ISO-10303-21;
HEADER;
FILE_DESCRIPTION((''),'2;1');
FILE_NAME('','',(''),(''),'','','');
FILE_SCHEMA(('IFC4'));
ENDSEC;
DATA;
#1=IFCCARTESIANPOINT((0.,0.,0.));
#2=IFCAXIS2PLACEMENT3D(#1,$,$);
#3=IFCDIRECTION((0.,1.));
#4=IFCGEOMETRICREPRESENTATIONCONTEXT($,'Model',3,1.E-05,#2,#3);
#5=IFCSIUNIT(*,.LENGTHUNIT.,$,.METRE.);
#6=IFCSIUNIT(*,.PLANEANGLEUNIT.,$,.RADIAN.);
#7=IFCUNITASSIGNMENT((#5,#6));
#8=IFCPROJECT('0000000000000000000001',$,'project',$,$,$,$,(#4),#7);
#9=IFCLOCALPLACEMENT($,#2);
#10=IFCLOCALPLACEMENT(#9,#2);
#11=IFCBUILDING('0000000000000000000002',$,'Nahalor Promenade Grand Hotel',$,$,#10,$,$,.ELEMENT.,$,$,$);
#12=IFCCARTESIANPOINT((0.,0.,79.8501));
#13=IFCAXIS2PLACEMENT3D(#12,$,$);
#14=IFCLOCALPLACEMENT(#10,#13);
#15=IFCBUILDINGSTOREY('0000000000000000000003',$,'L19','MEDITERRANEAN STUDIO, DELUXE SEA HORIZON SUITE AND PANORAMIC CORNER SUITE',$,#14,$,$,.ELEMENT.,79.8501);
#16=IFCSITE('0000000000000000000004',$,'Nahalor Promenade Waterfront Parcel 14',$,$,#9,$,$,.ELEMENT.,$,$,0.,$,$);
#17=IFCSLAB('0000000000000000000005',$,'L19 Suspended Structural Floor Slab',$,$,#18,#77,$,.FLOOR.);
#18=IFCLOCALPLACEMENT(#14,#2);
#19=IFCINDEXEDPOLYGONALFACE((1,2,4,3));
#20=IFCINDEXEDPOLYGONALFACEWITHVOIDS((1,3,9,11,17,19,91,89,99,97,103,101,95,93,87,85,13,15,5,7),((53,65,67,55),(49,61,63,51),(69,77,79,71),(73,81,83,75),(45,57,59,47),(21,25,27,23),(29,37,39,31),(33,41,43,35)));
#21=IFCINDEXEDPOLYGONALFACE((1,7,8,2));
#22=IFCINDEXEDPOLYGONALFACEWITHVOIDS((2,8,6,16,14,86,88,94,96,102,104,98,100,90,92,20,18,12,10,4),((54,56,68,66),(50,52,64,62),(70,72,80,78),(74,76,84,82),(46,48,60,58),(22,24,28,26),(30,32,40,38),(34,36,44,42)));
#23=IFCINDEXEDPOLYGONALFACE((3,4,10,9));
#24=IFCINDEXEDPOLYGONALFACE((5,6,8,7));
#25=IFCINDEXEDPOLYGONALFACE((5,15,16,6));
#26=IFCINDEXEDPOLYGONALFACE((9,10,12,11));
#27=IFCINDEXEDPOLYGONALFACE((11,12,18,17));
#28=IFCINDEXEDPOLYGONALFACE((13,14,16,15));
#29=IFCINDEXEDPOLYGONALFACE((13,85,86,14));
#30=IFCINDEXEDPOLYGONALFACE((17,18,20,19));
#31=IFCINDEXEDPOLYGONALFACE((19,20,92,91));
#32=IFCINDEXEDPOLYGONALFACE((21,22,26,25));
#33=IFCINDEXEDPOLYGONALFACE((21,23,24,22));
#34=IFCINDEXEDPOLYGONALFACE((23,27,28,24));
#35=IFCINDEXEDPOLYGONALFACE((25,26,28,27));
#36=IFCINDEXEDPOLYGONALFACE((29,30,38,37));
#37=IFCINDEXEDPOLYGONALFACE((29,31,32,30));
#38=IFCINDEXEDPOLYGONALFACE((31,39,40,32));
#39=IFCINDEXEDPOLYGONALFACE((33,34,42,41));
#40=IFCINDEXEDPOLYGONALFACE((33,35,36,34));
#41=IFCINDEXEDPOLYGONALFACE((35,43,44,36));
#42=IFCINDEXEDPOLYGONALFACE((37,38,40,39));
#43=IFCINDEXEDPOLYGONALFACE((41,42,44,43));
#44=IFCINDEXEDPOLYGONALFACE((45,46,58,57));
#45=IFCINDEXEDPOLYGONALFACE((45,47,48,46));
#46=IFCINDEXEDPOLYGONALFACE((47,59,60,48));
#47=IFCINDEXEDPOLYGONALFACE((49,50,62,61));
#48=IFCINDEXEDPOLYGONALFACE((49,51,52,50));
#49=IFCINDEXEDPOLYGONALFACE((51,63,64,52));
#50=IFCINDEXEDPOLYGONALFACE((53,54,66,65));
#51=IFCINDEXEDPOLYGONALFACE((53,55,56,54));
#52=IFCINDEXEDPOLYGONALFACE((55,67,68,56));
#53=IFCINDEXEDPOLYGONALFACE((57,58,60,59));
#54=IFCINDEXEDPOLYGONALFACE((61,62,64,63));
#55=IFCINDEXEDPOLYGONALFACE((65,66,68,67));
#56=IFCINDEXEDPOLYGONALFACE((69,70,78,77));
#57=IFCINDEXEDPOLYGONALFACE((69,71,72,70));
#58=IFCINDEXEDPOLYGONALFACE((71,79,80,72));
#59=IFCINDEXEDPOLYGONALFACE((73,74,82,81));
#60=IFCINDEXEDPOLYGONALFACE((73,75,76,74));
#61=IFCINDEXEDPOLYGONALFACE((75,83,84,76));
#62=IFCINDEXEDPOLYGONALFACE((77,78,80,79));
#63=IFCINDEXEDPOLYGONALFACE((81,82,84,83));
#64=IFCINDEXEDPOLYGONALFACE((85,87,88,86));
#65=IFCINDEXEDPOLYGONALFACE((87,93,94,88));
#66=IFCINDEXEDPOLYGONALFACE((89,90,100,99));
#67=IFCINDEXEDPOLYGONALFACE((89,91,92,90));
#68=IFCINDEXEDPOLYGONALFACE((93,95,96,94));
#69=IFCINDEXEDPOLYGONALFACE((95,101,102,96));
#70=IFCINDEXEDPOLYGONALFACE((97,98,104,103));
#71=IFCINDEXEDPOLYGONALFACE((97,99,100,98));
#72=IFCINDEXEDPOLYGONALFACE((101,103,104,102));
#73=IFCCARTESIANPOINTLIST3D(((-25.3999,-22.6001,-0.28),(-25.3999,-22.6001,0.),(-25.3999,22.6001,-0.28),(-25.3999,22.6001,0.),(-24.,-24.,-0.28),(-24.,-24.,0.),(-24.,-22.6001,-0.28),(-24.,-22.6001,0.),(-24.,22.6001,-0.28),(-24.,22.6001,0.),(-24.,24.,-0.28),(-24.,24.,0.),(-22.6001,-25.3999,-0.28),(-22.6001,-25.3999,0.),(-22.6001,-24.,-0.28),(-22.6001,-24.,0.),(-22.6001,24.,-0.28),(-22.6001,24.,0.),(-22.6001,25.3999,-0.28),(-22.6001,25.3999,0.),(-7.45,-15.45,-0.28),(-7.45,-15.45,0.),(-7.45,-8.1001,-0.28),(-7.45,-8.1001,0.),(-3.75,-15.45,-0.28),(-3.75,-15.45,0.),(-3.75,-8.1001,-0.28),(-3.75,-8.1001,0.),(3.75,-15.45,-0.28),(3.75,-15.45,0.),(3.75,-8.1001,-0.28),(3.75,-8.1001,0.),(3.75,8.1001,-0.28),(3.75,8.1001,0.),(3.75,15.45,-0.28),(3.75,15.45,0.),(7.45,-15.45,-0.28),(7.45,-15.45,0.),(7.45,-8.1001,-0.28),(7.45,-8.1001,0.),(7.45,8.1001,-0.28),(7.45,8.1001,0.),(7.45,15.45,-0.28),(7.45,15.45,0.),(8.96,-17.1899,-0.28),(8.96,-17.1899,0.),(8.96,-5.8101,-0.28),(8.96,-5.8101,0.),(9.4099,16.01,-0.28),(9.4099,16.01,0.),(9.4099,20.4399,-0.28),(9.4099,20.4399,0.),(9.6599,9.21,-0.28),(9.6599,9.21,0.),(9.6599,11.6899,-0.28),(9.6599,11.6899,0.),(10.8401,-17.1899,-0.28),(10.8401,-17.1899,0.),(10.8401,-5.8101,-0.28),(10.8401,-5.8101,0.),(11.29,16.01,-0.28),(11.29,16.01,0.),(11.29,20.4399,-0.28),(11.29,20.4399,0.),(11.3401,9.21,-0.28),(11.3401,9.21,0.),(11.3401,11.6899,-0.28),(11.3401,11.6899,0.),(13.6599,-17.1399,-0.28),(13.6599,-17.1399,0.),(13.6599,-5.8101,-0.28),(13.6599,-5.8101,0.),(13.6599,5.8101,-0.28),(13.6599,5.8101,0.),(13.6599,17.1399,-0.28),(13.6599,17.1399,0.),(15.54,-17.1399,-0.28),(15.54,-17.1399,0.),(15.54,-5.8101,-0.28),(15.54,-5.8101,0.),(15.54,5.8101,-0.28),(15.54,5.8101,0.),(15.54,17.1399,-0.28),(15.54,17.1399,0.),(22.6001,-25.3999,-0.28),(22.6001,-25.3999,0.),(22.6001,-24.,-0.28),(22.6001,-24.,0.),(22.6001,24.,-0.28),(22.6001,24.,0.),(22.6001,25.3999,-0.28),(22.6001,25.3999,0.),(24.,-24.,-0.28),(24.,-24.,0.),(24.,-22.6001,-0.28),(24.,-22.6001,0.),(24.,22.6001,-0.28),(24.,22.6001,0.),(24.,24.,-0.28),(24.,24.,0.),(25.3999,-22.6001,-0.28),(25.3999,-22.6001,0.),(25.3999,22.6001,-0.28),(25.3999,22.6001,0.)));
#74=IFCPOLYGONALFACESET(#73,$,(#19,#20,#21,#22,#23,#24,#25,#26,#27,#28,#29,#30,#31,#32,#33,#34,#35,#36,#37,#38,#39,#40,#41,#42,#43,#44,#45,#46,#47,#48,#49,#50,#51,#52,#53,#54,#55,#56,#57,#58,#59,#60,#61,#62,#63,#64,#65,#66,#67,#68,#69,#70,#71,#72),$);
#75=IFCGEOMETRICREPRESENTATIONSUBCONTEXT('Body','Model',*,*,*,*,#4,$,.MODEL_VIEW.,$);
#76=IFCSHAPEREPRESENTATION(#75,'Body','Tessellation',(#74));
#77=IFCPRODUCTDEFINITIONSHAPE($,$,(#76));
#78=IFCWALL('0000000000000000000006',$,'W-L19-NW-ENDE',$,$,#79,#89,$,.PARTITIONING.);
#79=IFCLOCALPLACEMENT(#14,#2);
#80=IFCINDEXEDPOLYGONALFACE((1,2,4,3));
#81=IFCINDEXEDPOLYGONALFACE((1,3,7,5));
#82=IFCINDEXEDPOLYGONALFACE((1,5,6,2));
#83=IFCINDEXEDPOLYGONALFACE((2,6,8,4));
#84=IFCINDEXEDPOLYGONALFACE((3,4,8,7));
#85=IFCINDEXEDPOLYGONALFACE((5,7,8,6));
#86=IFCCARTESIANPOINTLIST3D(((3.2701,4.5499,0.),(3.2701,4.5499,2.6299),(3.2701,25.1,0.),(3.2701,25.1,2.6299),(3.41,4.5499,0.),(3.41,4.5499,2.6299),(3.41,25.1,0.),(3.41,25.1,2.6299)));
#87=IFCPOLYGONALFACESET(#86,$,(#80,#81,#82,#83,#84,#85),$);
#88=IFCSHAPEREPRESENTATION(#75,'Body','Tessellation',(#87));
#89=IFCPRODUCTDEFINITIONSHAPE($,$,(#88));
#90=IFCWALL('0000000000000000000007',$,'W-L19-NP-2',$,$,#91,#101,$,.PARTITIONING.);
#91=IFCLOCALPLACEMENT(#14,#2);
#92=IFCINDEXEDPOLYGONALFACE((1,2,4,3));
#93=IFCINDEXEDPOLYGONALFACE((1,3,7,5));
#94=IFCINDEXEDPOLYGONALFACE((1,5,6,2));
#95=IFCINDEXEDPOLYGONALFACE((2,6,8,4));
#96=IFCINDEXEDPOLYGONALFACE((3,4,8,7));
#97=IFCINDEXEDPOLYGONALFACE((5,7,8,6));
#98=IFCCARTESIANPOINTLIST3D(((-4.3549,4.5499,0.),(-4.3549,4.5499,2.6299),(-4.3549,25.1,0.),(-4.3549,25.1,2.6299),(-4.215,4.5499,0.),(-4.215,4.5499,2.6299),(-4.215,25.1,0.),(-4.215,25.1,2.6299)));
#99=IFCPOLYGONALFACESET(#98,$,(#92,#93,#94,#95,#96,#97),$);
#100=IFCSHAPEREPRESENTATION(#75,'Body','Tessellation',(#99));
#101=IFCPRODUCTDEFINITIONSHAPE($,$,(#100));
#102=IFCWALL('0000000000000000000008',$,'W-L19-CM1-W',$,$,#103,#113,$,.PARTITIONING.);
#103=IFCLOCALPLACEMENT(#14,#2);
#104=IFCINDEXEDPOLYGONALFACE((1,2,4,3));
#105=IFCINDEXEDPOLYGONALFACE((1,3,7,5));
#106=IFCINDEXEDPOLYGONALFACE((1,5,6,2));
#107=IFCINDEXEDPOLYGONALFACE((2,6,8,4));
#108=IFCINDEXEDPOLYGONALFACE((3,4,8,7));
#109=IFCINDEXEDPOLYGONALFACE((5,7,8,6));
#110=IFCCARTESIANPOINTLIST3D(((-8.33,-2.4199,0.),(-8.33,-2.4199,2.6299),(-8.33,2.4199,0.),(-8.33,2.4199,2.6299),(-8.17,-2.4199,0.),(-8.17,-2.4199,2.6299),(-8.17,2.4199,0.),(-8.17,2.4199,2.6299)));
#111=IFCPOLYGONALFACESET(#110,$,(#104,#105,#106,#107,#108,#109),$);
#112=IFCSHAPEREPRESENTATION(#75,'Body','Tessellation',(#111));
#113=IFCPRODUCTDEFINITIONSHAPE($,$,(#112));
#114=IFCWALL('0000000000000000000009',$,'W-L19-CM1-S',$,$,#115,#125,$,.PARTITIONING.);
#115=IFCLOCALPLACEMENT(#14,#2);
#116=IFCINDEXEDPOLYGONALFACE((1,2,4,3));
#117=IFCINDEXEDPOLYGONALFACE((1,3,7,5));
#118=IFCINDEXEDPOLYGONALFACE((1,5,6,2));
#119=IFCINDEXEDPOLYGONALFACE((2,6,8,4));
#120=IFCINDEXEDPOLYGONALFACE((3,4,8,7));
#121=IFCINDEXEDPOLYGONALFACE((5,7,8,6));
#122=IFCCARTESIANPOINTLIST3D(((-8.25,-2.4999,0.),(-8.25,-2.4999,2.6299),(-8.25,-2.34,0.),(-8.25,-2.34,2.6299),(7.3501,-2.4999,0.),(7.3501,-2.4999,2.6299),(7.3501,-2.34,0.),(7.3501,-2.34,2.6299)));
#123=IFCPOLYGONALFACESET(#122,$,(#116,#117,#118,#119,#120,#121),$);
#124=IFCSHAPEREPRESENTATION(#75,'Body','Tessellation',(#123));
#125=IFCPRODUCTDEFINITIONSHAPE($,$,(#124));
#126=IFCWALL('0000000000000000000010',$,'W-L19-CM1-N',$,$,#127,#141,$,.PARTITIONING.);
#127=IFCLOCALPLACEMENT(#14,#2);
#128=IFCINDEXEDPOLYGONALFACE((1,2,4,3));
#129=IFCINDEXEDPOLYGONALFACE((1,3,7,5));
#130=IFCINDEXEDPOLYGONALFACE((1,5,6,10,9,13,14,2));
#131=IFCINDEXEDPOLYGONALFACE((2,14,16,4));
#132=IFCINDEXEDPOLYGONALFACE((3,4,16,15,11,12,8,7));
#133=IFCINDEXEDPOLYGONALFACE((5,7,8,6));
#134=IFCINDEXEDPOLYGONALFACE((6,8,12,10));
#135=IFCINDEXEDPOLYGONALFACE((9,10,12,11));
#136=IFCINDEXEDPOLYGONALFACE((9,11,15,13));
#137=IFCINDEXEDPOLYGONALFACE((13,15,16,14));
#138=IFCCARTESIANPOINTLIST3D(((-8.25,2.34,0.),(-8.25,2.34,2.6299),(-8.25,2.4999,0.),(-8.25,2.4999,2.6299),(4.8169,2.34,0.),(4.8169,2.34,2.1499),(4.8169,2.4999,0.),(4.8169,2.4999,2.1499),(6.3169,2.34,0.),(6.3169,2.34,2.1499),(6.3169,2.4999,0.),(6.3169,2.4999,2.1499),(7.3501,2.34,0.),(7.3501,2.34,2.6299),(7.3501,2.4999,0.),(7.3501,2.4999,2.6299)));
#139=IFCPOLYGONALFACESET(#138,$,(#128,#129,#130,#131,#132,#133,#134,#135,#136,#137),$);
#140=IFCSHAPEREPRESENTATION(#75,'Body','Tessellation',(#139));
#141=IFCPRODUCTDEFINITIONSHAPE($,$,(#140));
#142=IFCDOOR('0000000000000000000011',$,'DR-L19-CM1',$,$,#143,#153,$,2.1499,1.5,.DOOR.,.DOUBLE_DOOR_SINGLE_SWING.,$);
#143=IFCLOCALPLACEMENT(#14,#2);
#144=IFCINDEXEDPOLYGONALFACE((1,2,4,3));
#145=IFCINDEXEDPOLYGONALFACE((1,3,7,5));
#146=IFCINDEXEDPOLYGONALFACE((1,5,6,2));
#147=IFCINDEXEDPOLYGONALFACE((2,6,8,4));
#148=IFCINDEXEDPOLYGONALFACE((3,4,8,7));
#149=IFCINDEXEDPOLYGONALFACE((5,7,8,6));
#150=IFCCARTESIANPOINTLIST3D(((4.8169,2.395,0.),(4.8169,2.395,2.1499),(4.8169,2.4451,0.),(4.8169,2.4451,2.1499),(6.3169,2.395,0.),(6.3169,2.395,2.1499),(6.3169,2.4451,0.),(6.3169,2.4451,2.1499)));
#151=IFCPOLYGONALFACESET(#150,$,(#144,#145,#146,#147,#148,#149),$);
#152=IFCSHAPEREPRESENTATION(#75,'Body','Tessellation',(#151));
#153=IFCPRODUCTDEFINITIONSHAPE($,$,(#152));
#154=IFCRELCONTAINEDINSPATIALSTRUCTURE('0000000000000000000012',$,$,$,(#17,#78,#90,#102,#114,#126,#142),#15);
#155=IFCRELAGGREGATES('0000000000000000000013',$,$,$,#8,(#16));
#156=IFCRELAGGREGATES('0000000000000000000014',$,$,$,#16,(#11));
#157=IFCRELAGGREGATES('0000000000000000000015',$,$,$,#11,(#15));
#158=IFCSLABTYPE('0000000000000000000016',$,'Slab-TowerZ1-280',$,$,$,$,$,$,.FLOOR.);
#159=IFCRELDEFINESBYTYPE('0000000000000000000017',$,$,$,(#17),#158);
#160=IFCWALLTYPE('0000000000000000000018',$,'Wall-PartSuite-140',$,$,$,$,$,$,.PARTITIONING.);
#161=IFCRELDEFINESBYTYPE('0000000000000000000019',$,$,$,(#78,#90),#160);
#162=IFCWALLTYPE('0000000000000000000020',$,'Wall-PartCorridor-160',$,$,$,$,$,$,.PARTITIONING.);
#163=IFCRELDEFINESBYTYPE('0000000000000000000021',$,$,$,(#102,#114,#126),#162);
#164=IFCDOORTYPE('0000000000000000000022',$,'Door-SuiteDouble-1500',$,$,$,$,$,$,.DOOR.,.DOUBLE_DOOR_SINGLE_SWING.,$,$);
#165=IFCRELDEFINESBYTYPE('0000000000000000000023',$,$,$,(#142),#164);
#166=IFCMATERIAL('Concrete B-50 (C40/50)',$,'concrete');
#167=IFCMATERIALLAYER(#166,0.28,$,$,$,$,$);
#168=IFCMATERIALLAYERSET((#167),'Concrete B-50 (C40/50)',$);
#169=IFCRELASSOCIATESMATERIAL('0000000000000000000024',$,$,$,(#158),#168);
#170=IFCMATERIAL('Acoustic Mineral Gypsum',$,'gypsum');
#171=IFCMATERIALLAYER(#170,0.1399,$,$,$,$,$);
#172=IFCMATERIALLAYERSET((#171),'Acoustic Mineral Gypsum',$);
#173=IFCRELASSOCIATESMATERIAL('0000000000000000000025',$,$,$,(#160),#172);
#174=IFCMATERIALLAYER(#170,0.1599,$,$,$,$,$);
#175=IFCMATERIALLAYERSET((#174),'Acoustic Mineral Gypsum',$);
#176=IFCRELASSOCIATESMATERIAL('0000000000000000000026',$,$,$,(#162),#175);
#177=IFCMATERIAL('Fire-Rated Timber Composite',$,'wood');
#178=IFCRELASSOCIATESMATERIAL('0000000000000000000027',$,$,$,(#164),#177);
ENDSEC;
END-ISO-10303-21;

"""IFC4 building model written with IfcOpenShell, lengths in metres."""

from ifc_helpers import new_model, si_unit, direction, frame, frame_2d, origin, place, context, subcontext, project, spatial, polyline, rectangle, outline, extrude, source, transform, mapped, material, layer, layer_set, type_object, element, fill, save


model = new_model("IFC4")

# Units and contexts
model_context = context("Model", 3, precision=1e-05, world=origin(), true_north=direction((0.0, 1.0)))
body_context = subcontext(model_context, "Body", "Model", "MODEL_VIEW")
ifc_project = project(units=[si_unit("LENGTHUNIT", "METRE"), si_unit("PLANEANGLEUNIT", "RADIAN")], contexts=[model_context])

# Site, building, storey
site_placement = place(None, origin())
site = spatial("IfcSite", under=ifc_project, at=site_placement, Name="Nahalor Promenade Waterfront Parcel 14", CompositionType="ELEMENT", RefElevation=0.0)
building_placement = place(site_placement, origin())
building = spatial("IfcBuilding", under=site, at=building_placement, Name="Nahalor Promenade Grand Hotel", CompositionType="ELEMENT")
storey_placement = place(building_placement, frame((0.0, 0.0, 79.8501)))
storey = spatial("IfcBuildingStorey", under=building, at=storey_placement, Name="L19", Description="MEDITERRANEAN STUDIO, DELUXE SEA HORIZON SUITE AND PANORAMIC CORNER SUITE", CompositionType="ELEMENT", Elevation=79.8501)

# Shared definitions
ifc_material_1 = material(Name="Concrete B-50 (C40/50)", Category="concrete")

# Slab
ifc_layer_1 = layer(ifc_material_1, 0.28)
ifc_layer_set_1 = layer_set([ifc_layer_1], Name="Concrete B-50 (C40/50)")
slab_type_1 = type_object("IfcSlabType", Name="Slab-TowerZ1-280", PredefinedType="FLOOR", material=ifc_layer_set_1)
slab_1_placement = place(storey_placement, frame((0.0, 0.0, -0.28)))
element("IfcSlab", 1, at=slab_1_placement, inside=storey, type_object=slab_type_1, Name="L19 Suspended Structural Floor Slab", PredefinedType="FLOOR", context=body_context, shape_type="SweptSolid", body=[
    extrude(outline(polyline([(-22.6001, -25.3999), (22.6001, -25.3999), (22.6001, -24.0), (24.0, -24.0), (24.0, -22.6001), (25.3999, -22.6001), (25.3999, 22.6001), (24.0, 22.6001), (24.0, 24.0), (22.6001, 24.0), (22.6001, 25.3999), (-22.6001, 25.3999), (-22.6001, 24.0), (-24.0, 24.0), (-24.0, 22.6001), (-25.3999, 22.6001), (-25.3999, -22.6001), (-24.0, -22.6001), (-24.0, -24.0), (-22.6001, -24.0), (-22.6001, -25.3999)]), holes=[polyline([(3.75, 8.1001), (7.45, 8.1001), (7.45, 15.45), (3.75, 15.45), (3.75, 8.1001)]), polyline([(3.75, -15.45), (7.45, -15.45), (7.45, -8.1001), (3.75, -8.1001), (3.75, -15.45)]), polyline([(-7.45, -15.45), (-3.75, -15.45), (-3.75, -8.1001), (-7.45, -8.1001), (-7.45, -15.45)]), polyline([(13.6599, 5.8101), (15.54, 5.8101), (15.54, 17.1399), (13.6599, 17.1399), (13.6599, 5.8101)]), polyline([(13.6599, -17.1399), (15.54, -17.1399), (15.54, -5.8101), (13.6599, -5.8101), (13.6599, -17.1399)]), polyline([(8.96, -17.1899), (10.8401, -17.1899), (10.8401, -5.8101), (8.96, -5.8101), (8.96, -17.1899)]), polyline([(9.4099, 16.01), (11.29, 16.01), (11.29, 20.4399), (9.4099, 20.4399), (9.4099, 16.01)]), polyline([(9.6599, 9.21), (11.3401, 9.21), (11.3401, 11.6899), (9.6599, 11.6899), (9.6599, 9.21)])]), origin(), (0.0, 0.0, 1.0), 0.28),
])

# Walls
ifc_material_2 = material(Name="Acoustic Mineral Gypsum", Category="gypsum")
ifc_layer_2 = layer(ifc_material_2, 0.1399)
ifc_layer_set_2 = layer_set([ifc_layer_2], Name="Acoustic Mineral Gypsum")
wall_type_1 = type_object("IfcWallType", Name="Wall-PartSuite-140", PredefinedType="PARTITIONING", material=ifc_layer_set_2)
shared_shape_1 = source(origin(), body_context, "Body", "SweptSolid", [
    extrude(rectangle(XDim=20.55, YDim=0.1399, at=frame_2d((10.2749, 0.0))), origin(), (0.0, 0.0, 1.0), 2.6299),
])
for number, where, z_axis, x_axis, name in (
    (2, (3.3401, 4.55, 0.0), (0.0, 0.0, 1.0), (0.0, 1.0, 0.0), "W-L19-NW-ENDE"),
    (3, (-4.2849, 4.55, 0.0), (0.0, 0.0, 1.0), (0.0, 1.0, 0.0), "W-L19-NP-2"),
):
    element("IfcWall", number, at=place(storey_placement, frame(where, z_axis=z_axis, x_axis=x_axis)), inside=storey, type_object=wall_type_1, Name=name, PredefinedType="PARTITIONING", context=body_context, shape_type="MappedRepresentation", body=[
        mapped(shared_shape_1, transform((0.0, 0.0, 0.0), scale=1.0)),
    ])

# Shared definitions
ifc_layer_3 = layer(ifc_material_2, 0.1599)
ifc_layer_set_3 = layer_set([ifc_layer_3], Name="Acoustic Mineral Gypsum")
wall_type_2 = type_object("IfcWallType", Name="Wall-PartCorridor-160", PredefinedType="PARTITIONING", material=ifc_layer_set_3)
ifc_material_3 = material(Name="Fire-Rated Timber Composite", Category="wood")
door_type = type_object("IfcDoorType", Name="Door-SuiteDouble-1500", OperationType="DOUBLE_DOOR_SINGLE_SWING", PredefinedType="DOOR", material=ifc_material_3)
shared_shape_2 = source(origin(), body_context, "Body", "SweptSolid", [
    extrude(rectangle(XDim=1.5, YDim=2.1499, at=frame_2d((0.75, 1.075))), frame((0.0, 0.0249, 0.0), z_axis=(0.0, -1.0, 0.0), x_axis=(1.0, 0.0, 0.0)), (0.0, 0.0, 1.0), 0.05),
])

# Walls
shared_shape_3 = source(origin(), body_context, "Body", "SweptSolid", [
    extrude(rectangle(XDim=4.8398, YDim=0.1599, at=frame_2d((2.4199, 0.0))), origin(), (0.0, 0.0, 1.0), 2.6299),
])
wall_1_placement = place(storey_placement, frame((-8.25, -2.4199, 0.0), z_axis=(0.0, 0.0, 1.0), x_axis=(0.0, 1.0, 0.0)))
element("IfcWall", 4, at=wall_1_placement, inside=storey, type_object=wall_type_2, Name="W-L19-CM1-W", PredefinedType="PARTITIONING", context=body_context, shape_type="MappedRepresentation", body=[
    mapped(shared_shape_3, transform((0.0, 0.0, 0.0), scale=1.0)),
])
shared_shape_4 = source(origin(), body_context, "Body", "SweptSolid", [
    extrude(rectangle(XDim=15.6001, YDim=0.1599, at=frame_2d((7.8, 0.0))), origin(), (0.0, 0.0, 1.0), 2.6299),
])
wall_2_placement = place(storey_placement, frame((-8.25, -2.4199, 0.0), z_axis=(0.0, 0.0, 1.0), x_axis=(1.0, 0.0, 0.0)))
element("IfcWall", 5, at=wall_2_placement, inside=storey, type_object=wall_type_2, Name="W-L19-CM1-S", PredefinedType="PARTITIONING", context=body_context, shape_type="MappedRepresentation", body=[
    mapped(shared_shape_4, transform((0.0, 0.0, 0.0), scale=1.0)),
])

# Wall, opening, door
wall_3_placement = place(storey_placement, frame((-8.25, 2.4199, 0.0), z_axis=(0.0, 0.0, 1.0), x_axis=(1.0, 0.0, 0.0)))
wall_3 = element("IfcWall", 6, at=wall_3_placement, inside=storey, type_object=wall_type_2, Name="W-L19-CM1-N", PredefinedType="PARTITIONING", context=body_context, shape_type="MappedRepresentation", body=[
    mapped(shared_shape_4, transform((0.0, 0.0, 0.0), scale=1.0)),
])
opening_1_placement = place(wall_3_placement, frame((13.0669, 0.0, 0.0)))
opening_1 = element("IfcOpeningElement", 7, at=opening_1_placement, cuts=wall_3, PredefinedType="OPENING", context=body_context, shape_type="SweptSolid", body=[
    extrude(rectangle(XDim=1.5, YDim=2.1499, at=frame_2d((0.75, 1.075))), frame((0.0, 0.0898, 0.0), z_axis=(0.0, -1.0, 0.0), x_axis=(1.0, 0.0, 0.0)), (0.0, 0.0, 1.0), 0.1799),
])
door_1_placement = place(opening_1_placement, frame((1.5, 0.0, 0.0), z_axis=(0.0, 0.0, 1.0), x_axis=(-1.0, 0.0, 0.0)))
door_1 = element("IfcDoor", 8, at=door_1_placement, inside=storey, type_object=door_type, Name="DR-L19-CM1", OperationType="DOUBLE_DOOR_SINGLE_SWING", OverallHeight=2.1499, OverallWidth=1.5, PredefinedType="DOOR", context=body_context, shape_type="MappedRepresentation", body=[
    mapped(shared_shape_2, transform((0.0, 0.0, 0.0), scale=1.0)),
])
fill(opening_1, door_1)

save(model, "model.ifc")
